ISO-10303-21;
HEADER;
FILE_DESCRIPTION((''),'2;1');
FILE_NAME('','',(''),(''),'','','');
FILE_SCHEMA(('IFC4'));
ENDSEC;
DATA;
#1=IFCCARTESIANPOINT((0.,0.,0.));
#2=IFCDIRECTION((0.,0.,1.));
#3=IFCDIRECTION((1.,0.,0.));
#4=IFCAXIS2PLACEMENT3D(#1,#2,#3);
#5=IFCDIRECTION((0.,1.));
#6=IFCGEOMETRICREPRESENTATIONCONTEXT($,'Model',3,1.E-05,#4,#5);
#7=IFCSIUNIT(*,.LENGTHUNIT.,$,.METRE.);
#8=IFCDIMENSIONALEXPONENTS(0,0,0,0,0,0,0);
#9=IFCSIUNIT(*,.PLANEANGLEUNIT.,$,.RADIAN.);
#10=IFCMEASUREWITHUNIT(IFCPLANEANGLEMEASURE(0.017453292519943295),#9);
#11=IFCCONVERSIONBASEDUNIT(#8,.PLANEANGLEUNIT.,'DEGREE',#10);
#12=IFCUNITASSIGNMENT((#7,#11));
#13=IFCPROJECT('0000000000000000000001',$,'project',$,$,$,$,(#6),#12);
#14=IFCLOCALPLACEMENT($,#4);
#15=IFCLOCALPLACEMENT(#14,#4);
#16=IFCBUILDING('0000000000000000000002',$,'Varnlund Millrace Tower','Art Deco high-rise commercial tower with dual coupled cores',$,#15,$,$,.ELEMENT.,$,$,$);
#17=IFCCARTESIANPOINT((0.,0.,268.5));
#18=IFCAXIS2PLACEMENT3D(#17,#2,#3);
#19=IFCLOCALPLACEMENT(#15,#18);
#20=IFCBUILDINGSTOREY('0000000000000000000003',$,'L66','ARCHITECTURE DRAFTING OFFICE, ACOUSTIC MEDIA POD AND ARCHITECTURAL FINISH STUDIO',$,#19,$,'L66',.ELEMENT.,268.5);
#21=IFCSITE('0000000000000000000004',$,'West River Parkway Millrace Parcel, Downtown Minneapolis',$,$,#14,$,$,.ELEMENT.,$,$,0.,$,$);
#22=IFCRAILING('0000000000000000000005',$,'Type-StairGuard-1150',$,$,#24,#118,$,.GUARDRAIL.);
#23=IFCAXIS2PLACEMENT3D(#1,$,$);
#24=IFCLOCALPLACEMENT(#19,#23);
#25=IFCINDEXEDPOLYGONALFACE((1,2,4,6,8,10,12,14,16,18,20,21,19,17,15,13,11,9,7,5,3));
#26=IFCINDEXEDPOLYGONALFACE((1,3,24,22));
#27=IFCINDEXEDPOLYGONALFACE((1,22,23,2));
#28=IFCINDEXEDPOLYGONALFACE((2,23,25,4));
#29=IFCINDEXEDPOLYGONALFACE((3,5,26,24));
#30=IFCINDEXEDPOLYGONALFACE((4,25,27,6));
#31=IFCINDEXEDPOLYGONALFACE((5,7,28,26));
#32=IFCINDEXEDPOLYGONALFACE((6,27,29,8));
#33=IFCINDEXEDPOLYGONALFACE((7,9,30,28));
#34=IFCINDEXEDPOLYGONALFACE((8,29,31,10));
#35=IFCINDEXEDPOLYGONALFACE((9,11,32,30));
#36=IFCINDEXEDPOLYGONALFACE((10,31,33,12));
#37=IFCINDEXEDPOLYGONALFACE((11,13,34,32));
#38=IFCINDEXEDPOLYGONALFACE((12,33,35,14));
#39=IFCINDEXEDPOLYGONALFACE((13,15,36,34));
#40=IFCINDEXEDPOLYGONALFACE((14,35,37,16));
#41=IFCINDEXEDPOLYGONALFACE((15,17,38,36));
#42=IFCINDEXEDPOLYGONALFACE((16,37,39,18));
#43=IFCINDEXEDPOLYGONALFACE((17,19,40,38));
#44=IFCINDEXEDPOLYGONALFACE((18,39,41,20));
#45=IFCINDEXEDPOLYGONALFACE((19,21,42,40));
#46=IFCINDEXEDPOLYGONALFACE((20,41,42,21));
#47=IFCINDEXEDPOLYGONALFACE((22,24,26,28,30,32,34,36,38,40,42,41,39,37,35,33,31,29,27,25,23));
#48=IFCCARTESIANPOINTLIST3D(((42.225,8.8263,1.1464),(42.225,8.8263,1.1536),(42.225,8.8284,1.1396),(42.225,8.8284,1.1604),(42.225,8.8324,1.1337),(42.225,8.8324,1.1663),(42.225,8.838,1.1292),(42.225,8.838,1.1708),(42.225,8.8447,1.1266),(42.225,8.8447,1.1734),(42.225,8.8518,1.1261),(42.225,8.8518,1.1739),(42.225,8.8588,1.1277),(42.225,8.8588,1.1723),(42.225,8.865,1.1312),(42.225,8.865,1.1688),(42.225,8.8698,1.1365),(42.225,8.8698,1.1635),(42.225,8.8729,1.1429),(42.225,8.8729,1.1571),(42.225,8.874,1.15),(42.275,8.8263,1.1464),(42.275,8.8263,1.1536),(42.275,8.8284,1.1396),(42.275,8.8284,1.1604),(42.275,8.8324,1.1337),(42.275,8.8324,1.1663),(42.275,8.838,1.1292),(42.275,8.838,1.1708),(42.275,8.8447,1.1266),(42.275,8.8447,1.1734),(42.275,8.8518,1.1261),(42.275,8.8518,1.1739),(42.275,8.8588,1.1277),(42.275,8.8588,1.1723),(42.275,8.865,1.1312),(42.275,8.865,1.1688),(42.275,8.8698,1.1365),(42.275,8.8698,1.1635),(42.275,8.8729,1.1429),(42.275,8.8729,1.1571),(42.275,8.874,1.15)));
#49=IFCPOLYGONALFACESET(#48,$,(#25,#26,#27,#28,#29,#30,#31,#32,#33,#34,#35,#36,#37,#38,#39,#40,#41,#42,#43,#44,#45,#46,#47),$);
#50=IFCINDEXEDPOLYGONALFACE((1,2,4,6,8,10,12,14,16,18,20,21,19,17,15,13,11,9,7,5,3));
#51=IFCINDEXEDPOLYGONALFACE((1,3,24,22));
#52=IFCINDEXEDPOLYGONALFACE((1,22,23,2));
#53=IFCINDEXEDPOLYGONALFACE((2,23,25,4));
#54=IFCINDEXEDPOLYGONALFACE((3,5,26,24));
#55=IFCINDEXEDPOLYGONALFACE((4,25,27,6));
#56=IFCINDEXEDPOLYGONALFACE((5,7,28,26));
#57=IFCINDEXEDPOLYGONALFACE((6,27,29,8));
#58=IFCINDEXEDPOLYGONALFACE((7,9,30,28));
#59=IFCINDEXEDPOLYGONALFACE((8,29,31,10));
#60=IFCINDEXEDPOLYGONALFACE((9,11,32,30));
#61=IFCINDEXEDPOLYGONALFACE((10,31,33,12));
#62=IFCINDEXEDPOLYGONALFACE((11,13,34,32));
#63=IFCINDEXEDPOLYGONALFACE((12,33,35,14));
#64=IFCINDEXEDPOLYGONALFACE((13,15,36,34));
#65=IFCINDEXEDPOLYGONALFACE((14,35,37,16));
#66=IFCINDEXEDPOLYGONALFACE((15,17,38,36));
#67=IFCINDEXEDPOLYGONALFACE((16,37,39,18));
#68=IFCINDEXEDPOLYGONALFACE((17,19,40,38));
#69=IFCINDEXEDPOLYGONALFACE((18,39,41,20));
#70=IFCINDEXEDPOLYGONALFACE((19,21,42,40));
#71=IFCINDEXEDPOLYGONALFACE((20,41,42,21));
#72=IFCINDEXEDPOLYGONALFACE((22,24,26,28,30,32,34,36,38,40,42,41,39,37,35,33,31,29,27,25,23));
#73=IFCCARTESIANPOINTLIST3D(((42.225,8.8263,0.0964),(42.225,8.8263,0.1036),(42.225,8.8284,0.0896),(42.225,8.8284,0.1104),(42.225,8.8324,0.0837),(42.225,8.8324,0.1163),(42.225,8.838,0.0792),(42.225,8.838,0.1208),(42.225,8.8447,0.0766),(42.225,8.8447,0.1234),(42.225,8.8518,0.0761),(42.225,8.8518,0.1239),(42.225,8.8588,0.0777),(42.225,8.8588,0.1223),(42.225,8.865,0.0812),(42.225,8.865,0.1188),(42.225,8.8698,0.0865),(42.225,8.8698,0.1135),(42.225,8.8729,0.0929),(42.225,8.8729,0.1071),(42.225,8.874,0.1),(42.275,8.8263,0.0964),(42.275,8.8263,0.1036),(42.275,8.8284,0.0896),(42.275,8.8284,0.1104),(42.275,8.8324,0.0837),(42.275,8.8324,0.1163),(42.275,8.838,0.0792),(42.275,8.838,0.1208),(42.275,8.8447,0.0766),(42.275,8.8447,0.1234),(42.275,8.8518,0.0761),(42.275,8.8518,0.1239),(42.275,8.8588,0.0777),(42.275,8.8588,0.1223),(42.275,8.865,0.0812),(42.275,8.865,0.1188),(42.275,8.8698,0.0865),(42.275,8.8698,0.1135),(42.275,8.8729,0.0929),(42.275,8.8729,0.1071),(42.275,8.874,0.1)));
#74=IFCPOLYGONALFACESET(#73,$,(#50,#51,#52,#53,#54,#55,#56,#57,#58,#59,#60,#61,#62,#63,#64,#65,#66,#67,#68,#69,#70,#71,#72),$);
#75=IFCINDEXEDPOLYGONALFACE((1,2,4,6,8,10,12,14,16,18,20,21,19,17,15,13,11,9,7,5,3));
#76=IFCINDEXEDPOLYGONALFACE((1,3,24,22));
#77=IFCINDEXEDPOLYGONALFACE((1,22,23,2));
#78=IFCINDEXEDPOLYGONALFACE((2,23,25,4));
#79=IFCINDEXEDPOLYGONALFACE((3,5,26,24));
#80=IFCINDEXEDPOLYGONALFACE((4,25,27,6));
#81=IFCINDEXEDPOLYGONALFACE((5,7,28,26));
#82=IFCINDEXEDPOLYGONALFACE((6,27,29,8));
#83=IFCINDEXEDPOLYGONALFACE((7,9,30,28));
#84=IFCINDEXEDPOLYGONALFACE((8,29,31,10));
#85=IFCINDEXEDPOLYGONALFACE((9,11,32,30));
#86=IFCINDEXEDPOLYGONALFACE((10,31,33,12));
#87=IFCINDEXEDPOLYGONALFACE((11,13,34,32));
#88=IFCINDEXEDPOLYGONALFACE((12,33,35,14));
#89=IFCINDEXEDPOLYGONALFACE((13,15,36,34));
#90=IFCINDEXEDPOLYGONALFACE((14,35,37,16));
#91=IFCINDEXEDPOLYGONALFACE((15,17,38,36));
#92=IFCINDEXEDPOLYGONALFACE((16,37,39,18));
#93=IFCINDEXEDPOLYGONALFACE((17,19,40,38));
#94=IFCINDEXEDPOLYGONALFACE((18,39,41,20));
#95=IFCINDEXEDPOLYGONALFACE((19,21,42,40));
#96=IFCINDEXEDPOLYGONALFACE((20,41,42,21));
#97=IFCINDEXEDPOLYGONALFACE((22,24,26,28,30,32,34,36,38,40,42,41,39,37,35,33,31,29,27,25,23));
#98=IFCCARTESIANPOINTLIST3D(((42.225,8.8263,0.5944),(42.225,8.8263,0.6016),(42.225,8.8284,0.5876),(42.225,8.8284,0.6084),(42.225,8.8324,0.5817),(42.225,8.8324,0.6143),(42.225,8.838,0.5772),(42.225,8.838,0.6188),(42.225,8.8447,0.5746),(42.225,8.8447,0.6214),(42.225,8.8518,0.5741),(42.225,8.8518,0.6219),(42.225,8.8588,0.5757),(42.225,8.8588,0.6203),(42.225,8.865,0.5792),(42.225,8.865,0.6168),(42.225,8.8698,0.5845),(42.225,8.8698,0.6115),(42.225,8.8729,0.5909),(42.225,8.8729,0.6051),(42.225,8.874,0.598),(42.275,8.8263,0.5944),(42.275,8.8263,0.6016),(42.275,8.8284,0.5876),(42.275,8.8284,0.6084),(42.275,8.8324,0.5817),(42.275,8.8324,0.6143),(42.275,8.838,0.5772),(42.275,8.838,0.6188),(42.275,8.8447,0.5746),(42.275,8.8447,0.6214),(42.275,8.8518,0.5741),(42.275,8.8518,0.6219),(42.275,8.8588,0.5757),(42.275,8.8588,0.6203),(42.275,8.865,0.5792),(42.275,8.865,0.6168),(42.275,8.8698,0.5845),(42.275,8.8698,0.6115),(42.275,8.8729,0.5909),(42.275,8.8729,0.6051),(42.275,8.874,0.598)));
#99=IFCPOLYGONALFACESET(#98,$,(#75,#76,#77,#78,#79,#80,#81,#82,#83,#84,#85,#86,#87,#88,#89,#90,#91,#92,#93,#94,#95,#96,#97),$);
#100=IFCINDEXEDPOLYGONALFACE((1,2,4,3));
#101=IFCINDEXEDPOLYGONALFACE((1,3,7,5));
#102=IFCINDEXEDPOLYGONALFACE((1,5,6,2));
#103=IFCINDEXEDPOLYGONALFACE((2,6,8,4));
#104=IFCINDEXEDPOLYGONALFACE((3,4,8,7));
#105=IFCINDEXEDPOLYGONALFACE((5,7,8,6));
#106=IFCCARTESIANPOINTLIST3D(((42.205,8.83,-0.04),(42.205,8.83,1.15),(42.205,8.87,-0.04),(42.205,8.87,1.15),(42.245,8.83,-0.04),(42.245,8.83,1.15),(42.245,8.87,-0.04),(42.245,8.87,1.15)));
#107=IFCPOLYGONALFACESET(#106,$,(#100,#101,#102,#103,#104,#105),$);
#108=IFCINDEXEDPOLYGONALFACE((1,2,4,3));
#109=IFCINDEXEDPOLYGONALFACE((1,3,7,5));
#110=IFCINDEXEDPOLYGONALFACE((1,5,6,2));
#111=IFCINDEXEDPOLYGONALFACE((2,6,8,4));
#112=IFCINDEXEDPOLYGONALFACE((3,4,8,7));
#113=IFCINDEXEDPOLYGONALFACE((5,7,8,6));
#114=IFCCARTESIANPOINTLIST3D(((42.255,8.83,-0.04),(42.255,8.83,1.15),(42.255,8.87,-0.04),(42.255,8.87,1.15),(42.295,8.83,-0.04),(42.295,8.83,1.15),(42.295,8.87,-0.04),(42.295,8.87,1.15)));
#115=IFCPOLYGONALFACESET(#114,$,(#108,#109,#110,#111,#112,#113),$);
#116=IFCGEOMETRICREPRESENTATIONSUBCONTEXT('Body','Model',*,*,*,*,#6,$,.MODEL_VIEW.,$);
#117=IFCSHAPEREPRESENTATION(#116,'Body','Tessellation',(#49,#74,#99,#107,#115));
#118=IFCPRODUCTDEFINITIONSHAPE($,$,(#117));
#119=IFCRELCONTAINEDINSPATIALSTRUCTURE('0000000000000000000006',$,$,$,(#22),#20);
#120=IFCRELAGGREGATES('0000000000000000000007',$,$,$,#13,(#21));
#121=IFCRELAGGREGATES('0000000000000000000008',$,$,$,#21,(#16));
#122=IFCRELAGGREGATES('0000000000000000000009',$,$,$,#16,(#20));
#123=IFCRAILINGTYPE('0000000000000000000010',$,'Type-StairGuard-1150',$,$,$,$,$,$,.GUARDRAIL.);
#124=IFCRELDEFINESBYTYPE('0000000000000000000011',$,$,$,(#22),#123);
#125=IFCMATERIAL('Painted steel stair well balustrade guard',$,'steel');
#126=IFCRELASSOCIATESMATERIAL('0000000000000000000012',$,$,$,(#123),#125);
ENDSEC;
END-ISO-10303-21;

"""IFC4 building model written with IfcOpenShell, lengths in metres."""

from ifc_helpers import new_model, entity, si_unit, converted_unit, direction, frame, origin_with_axes, origin_2d_with_axis, place, context, subcontext, project, spatial, rectangle, circle, extrude, material, type_object, element, save


model = new_model("IFC4")

# Units and contexts
model_context = context("Model", 3, precision=1e-05, world=origin_with_axes(), true_north=direction((0.0, 1.0)))
body_context = subcontext(model_context, "Body", "Model", "MODEL_VIEW")
ifc_project = project(units=[si_unit("LENGTHUNIT", "METRE"), converted_unit("PLANEANGLEUNIT", "DEGREE", entity("IfcPlaneAngleMeasure", 0.017453292519943295), si_unit("PLANEANGLEUNIT", "RADIAN"), dimensions=[0, 0, 0, 0, 0, 0, 0])], contexts=[model_context])

# Site, building, storey
site_placement = place(None, origin_with_axes())
site = spatial("IfcSite", under=ifc_project, at=site_placement, Name="West River Parkway Millrace Parcel, Downtown Minneapolis", CompositionType="ELEMENT", RefElevation=0.0)
building_placement = place(site_placement, origin_with_axes())
building = spatial("IfcBuilding", under=site, at=building_placement, Name="Varnlund Millrace Tower", Description="Art Deco high-rise commercial tower with dual coupled cores", CompositionType="ELEMENT")
storey_placement = place(building_placement, frame((0.0, 0.0, 268.5), z_axis=(0.0, 0.0, 1.0), x_axis=(1.0, 0.0, 0.0)))
storey = spatial("IfcBuildingStorey", under=building, at=storey_placement, Name="L66", Description="ARCHITECTURE DRAFTING OFFICE, ACOUSTIC MEDIA POD AND ARCHITECTURAL FINISH STUDIO", LongName="L66", CompositionType="ELEMENT", Elevation=268.5)

# Railing
ifc_material_1 = material(Name="Painted steel stair well balustrade guard", Category="steel")
railing_type_1 = type_object("IfcRailingType", Name="Type-StairGuard-1150", PredefinedType="GUARDRAIL", material=ifc_material_1)
railing_1_placement = place(storey_placement, frame((0.0, 0.0, -268.5), z_axis=(0.0, 0.0, 1.0), x_axis=(1.0, 0.0, 0.0)))
element("IfcRailing", 1, at=railing_1_placement, inside=storey, type_object=railing_type_1, Name="Type-StairGuard-1150", PredefinedType="GUARDRAIL", context=body_context, shape_type="SweptSolid", body=[
    extrude(circle(Radius=0.024, at=origin_2d_with_axis()), frame((42.225, 8.85, 269.65), z_axis=(1.0, 0.0, 0.0), x_axis=(0.0, 1.0, 0.0)), (0.0, 0.0, 1.0), 0.05),
    extrude(circle(Radius=0.024, at=origin_2d_with_axis()), frame((42.225, 8.85, 268.6), z_axis=(1.0, 0.0, 0.0), x_axis=(0.0, 1.0, 0.0)), (0.0, 0.0, 1.0), 0.05),
    extrude(circle(Radius=0.024, at=origin_2d_with_axis()), frame((42.225, 8.85, 269.098), z_axis=(1.0, 0.0, 0.0), x_axis=(0.0, 1.0, 0.0)), (0.0, 0.0, 1.0), 0.05),
    extrude(rectangle(XDim=0.04, YDim=0.04, at=origin_2d_with_axis()), frame((42.225, 8.85, 268.46), z_axis=(0.0, 0.0, 1.0), x_axis=(1.0, 0.0, 0.0)), (0.0, 0.0, 1.0), 1.19),
    extrude(rectangle(XDim=0.04, YDim=0.04, at=origin_2d_with_axis()), frame((42.275, 8.85, 268.46), z_axis=(0.0, 0.0, 1.0), x_axis=(1.0, 0.0, 0.0)), (0.0, 0.0, 1.0), 1.19),
])

save(model, "model.ifc")
